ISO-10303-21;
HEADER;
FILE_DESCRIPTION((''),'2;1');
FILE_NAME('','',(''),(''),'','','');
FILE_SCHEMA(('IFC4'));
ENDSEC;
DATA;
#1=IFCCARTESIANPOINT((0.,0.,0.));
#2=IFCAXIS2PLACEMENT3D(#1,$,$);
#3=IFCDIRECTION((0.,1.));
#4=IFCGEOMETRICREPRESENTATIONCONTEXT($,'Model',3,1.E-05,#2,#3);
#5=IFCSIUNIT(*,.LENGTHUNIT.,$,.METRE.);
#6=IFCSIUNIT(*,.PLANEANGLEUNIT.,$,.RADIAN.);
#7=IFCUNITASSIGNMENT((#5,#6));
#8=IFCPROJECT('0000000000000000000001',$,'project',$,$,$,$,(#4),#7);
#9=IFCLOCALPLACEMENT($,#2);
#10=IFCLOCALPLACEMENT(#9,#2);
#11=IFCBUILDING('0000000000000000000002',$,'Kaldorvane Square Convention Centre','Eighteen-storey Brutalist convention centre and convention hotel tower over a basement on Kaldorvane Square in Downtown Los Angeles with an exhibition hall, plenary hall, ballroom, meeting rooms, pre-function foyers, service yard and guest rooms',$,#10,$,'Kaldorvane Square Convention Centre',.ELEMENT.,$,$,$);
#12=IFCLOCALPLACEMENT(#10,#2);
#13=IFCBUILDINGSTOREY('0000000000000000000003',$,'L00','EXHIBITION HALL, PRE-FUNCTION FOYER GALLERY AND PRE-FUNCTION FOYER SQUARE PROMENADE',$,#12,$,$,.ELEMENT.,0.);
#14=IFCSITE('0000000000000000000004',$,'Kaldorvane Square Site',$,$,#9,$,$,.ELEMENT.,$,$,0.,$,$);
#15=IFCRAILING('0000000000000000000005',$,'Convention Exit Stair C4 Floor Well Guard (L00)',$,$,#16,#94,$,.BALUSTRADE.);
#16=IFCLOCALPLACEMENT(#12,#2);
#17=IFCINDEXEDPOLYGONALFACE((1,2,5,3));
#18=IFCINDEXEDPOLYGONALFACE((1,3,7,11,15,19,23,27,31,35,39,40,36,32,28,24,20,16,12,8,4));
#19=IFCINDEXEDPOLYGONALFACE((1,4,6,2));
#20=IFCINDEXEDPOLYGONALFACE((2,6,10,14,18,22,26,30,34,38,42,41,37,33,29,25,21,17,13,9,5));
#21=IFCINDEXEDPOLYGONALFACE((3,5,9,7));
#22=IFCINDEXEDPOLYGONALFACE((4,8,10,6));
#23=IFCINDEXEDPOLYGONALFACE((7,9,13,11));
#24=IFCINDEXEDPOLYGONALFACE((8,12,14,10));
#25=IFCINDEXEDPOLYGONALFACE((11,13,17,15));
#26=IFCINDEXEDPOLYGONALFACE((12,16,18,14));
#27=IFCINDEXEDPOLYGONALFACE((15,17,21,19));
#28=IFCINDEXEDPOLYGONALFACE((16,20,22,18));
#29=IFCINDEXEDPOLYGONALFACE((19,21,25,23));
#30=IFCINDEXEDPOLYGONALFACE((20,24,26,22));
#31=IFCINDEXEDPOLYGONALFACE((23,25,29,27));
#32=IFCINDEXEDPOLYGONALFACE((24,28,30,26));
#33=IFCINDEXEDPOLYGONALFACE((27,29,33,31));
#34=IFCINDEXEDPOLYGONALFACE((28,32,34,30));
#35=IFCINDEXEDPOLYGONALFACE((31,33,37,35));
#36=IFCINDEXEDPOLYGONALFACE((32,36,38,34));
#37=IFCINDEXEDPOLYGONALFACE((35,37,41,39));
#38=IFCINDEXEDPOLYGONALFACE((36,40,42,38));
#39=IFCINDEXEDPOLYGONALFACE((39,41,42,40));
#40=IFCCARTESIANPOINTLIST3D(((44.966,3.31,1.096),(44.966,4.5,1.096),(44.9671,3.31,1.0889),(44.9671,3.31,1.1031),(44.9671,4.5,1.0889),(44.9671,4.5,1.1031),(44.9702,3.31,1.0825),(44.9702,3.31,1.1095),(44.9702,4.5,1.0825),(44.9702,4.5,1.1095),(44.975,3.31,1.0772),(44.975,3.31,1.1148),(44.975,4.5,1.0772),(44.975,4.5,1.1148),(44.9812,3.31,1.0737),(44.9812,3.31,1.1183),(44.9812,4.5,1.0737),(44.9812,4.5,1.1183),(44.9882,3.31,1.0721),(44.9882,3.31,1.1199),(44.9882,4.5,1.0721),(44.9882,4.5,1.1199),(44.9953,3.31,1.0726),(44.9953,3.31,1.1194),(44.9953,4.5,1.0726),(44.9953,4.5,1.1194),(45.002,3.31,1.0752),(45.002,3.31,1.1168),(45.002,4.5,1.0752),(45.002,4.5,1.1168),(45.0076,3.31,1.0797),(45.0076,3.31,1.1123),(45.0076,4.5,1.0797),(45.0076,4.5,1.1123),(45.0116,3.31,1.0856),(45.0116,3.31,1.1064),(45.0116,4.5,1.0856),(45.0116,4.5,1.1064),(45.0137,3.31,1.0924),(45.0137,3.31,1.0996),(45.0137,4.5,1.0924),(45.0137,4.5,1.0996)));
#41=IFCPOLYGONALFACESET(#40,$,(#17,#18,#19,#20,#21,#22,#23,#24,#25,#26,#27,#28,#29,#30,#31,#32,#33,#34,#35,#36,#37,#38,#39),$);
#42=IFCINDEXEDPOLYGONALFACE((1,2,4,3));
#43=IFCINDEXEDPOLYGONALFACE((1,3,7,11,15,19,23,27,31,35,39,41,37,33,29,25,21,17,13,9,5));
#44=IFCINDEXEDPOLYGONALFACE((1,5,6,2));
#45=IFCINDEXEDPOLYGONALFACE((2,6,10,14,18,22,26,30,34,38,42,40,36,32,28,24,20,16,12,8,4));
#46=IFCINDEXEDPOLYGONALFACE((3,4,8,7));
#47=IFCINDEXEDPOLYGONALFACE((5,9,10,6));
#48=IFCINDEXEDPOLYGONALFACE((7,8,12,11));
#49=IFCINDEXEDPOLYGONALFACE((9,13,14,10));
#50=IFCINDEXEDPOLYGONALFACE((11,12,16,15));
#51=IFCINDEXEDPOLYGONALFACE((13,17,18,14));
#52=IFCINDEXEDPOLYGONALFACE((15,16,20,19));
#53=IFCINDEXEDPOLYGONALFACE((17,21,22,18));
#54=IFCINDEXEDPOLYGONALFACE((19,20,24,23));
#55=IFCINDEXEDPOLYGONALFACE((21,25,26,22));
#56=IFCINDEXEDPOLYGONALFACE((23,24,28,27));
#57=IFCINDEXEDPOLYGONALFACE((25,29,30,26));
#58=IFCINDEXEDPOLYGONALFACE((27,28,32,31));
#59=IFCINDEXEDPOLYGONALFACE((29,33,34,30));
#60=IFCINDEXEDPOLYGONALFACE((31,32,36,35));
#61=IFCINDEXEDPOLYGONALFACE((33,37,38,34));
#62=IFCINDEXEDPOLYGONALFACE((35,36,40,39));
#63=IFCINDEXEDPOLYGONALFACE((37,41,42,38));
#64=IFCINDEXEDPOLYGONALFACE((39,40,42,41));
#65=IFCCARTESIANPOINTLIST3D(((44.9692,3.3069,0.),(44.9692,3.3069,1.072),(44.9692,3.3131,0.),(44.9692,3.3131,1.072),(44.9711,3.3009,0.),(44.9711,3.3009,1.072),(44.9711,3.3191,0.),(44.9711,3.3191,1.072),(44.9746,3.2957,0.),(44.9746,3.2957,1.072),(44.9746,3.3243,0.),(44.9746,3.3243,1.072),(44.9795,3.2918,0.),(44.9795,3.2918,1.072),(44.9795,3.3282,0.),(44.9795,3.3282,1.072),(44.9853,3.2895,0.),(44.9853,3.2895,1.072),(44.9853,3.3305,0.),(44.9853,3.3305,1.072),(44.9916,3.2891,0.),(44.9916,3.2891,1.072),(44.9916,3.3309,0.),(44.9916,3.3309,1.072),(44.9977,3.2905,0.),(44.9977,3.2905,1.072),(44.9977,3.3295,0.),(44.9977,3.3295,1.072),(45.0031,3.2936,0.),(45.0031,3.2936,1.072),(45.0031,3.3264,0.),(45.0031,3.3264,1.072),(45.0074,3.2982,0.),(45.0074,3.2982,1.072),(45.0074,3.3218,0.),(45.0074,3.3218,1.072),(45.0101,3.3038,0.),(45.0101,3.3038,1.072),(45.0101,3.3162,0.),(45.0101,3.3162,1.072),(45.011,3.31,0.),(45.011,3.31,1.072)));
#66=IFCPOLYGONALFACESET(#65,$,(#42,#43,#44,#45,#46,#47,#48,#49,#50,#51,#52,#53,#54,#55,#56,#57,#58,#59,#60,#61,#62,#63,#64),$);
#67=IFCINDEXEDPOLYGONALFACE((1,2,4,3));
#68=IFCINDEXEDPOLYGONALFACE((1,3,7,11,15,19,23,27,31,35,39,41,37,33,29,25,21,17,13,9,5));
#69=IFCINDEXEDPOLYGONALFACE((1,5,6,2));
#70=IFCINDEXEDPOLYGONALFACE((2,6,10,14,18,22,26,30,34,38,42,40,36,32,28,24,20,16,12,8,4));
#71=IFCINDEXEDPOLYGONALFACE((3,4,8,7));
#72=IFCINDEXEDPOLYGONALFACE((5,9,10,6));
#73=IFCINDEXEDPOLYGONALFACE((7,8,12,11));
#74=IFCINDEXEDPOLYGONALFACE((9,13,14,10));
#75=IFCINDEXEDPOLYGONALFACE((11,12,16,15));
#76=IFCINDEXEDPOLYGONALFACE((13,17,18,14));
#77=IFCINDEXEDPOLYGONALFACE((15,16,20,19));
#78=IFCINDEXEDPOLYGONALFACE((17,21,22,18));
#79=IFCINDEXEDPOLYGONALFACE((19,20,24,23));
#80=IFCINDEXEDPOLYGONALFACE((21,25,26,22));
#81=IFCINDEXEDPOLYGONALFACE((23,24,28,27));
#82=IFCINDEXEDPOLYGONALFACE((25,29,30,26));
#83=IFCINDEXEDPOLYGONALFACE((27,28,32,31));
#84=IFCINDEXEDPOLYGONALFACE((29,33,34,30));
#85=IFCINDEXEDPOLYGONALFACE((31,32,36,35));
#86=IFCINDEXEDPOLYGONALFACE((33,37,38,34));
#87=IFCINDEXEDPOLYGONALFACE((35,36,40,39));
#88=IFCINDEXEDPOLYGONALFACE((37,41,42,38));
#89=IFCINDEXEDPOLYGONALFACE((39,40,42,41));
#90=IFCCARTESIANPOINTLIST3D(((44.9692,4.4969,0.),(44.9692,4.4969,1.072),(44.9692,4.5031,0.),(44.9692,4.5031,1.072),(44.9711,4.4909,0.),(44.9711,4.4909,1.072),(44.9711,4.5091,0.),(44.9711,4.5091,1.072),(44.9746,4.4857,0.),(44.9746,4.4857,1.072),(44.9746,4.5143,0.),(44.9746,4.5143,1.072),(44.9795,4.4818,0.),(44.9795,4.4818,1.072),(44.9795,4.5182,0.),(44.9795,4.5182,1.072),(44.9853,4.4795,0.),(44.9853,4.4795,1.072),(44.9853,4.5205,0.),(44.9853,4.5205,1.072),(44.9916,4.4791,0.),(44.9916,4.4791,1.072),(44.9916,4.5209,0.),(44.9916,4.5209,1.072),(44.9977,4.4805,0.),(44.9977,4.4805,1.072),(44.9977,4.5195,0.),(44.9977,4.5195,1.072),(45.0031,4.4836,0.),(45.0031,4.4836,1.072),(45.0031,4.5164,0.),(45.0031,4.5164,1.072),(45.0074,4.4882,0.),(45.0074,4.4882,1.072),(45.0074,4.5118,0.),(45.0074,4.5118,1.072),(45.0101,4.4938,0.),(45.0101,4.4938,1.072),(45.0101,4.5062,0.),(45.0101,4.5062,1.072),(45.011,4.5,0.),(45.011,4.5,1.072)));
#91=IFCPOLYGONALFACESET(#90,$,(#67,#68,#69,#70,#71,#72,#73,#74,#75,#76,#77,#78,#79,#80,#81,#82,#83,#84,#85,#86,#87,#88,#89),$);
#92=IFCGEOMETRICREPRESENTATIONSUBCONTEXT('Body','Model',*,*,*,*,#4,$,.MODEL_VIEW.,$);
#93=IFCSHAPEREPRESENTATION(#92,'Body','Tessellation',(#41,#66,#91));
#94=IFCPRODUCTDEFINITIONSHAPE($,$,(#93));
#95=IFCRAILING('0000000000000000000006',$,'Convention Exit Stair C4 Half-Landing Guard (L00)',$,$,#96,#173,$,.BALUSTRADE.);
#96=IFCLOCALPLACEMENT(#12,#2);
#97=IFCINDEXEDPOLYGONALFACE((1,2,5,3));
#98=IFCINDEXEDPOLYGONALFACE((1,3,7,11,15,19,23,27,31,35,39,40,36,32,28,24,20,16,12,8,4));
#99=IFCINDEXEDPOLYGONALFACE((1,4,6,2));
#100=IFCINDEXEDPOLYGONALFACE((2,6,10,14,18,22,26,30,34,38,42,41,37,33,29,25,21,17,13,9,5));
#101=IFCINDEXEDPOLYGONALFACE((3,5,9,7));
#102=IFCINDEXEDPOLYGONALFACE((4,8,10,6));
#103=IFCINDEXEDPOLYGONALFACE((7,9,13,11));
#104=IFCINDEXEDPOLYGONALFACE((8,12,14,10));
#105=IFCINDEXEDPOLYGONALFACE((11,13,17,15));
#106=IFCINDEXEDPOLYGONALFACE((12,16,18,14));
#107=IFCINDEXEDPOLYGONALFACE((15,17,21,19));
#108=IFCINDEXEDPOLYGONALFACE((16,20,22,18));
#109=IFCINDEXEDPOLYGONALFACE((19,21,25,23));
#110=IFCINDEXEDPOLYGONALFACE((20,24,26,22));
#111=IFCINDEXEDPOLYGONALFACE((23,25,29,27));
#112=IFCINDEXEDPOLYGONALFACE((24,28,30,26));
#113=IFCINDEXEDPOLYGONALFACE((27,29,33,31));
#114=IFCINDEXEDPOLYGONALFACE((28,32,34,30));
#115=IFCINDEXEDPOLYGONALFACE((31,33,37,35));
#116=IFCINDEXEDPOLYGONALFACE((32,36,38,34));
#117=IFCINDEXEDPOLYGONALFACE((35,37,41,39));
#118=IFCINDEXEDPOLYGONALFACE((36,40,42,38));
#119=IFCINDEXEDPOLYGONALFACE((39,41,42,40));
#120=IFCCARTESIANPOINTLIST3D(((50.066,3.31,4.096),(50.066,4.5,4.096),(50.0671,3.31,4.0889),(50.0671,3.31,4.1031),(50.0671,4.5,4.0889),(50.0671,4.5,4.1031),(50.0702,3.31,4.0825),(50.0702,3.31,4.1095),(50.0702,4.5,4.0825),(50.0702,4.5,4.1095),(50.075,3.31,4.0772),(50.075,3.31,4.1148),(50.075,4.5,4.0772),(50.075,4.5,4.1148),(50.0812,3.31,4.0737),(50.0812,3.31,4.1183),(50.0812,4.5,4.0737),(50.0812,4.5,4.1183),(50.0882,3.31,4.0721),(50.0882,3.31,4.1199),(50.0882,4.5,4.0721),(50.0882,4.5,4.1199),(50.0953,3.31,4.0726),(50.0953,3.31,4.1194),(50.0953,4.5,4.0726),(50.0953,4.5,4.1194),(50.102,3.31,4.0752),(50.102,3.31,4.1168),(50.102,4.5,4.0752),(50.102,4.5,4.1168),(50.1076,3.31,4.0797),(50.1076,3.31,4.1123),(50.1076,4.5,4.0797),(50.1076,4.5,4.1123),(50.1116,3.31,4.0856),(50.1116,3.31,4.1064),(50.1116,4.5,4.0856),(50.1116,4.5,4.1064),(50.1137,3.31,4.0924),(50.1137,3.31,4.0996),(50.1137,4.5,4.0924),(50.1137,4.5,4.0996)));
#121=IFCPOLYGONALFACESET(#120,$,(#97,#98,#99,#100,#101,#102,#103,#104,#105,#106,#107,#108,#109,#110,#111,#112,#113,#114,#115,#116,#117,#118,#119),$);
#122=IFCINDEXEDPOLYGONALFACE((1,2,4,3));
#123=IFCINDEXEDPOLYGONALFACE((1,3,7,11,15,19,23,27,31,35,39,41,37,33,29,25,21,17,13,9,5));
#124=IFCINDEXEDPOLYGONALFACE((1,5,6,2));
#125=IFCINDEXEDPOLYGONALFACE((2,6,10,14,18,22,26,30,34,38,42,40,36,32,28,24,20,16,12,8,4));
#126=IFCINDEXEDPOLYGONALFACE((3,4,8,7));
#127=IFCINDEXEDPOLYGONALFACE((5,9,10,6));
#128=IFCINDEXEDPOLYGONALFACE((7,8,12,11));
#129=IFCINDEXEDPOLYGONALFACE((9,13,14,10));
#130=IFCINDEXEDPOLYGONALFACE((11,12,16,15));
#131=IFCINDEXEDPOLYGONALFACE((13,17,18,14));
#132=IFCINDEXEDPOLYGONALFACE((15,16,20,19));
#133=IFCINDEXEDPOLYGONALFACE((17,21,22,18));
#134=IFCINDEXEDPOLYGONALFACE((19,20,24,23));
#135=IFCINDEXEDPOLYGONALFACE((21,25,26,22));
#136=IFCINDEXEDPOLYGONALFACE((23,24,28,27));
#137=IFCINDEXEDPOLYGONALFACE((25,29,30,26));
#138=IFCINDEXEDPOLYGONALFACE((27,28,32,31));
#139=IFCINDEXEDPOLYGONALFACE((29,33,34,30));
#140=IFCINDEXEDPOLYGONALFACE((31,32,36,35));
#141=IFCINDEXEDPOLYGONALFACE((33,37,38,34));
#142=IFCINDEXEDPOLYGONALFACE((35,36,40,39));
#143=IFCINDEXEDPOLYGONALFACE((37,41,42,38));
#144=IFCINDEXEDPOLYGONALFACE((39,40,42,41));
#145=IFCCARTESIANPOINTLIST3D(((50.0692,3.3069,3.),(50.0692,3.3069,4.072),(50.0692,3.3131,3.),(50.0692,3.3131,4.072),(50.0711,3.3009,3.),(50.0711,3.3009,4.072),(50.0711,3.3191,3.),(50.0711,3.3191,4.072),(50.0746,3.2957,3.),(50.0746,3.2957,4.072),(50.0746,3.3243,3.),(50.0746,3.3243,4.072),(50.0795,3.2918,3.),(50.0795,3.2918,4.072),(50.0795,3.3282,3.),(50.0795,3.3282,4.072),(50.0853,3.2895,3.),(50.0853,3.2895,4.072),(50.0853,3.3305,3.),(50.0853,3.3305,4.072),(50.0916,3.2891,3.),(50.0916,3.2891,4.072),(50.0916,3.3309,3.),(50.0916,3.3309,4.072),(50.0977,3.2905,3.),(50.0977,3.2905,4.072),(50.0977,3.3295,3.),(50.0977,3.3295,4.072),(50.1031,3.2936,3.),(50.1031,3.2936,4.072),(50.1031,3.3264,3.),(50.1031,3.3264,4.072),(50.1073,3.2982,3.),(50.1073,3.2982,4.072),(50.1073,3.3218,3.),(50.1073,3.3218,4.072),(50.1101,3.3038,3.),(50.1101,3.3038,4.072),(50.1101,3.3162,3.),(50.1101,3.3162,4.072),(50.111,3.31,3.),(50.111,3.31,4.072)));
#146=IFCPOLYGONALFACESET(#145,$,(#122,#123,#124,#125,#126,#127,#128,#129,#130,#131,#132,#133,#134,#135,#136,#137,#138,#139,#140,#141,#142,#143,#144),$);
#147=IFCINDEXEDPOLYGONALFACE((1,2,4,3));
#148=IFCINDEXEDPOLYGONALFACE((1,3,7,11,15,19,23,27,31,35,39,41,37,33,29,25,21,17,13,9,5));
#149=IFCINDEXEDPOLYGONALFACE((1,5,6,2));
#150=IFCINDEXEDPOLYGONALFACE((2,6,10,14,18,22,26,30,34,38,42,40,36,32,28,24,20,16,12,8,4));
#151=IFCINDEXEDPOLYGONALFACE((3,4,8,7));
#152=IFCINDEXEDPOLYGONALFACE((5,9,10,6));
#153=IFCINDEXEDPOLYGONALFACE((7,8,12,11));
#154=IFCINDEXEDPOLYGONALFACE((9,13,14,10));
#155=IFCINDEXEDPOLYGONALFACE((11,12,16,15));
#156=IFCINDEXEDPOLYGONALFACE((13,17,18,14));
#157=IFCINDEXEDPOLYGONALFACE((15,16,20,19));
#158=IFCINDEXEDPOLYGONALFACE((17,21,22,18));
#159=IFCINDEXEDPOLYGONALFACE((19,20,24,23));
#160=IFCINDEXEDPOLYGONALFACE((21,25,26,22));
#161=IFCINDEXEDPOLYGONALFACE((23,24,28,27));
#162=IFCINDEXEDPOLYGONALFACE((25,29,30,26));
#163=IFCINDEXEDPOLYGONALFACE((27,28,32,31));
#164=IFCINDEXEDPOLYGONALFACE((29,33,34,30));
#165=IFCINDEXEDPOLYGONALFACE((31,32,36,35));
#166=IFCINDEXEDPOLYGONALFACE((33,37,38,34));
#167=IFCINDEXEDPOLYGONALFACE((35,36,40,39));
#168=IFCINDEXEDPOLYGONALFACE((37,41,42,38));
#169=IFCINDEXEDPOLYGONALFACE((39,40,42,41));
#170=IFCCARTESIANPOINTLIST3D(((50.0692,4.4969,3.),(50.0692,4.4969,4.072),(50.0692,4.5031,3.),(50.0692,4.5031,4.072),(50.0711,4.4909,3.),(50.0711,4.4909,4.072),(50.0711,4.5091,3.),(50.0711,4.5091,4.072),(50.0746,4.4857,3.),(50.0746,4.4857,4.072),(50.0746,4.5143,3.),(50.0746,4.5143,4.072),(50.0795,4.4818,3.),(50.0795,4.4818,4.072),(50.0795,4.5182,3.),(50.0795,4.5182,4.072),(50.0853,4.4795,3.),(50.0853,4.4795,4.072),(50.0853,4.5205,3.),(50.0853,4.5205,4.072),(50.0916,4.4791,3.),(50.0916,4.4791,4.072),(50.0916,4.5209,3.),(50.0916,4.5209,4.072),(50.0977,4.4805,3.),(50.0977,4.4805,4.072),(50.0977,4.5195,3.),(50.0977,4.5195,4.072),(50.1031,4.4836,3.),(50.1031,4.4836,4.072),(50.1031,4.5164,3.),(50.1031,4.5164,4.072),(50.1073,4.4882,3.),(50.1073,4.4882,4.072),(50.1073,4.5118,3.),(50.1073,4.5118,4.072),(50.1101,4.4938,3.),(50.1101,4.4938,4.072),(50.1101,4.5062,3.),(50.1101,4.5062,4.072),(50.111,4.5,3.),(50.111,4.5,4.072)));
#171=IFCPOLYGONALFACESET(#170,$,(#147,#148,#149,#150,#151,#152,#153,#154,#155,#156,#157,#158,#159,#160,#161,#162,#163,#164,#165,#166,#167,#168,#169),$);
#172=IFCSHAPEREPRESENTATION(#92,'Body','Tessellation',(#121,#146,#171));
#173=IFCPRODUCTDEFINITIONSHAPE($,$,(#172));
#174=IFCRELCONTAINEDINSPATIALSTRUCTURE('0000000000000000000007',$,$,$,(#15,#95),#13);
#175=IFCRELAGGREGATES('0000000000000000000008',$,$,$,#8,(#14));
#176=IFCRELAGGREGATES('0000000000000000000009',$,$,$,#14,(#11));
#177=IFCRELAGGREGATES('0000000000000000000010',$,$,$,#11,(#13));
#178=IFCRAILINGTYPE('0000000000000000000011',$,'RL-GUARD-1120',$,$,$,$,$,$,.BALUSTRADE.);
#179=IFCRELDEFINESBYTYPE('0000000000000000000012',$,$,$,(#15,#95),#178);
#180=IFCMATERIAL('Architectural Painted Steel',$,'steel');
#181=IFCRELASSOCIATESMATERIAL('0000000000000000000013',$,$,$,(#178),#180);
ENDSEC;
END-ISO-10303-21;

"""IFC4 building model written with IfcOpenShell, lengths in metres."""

from ifc_helpers import new_model, si_unit, direction, frame, origin, origin_2d, place, context, subcontext, project, spatial, circle, extrude, material, type_object, element, save


model = new_model("IFC4")

# Units and contexts
model_context = context("Model", 3, precision=1e-05, world=origin(), true_north=direction((0.0, 1.0)))
body_context = subcontext(model_context, "Body", "Model", "MODEL_VIEW")
ifc_project = project(units=[si_unit("LENGTHUNIT", "METRE"), si_unit("PLANEANGLEUNIT", "RADIAN")], contexts=[model_context])

# Site, building, storey
site_placement = place(None, origin())
site = spatial("IfcSite", under=ifc_project, at=site_placement, Name="Kaldorvane Square Site", CompositionType="ELEMENT", RefElevation=0.0)
building_placement = place(site_placement, origin())
building = spatial("IfcBuilding", under=site, at=building_placement, Name="Kaldorvane Square Convention Centre", Description="Eighteen-storey Brutalist convention centre and convention hotel tower over a basement on Kaldorvane Square in Downtown Los Angeles with an exhibition hall, plenary hall, ballroom, meeting rooms, pre-function foyers, service yard and guest rooms", LongName="Kaldorvane Square Convention Centre", CompositionType="ELEMENT")
storey_placement = place(building_placement, origin())
storey = spatial("IfcBuildingStorey", under=building, at=storey_placement, Name="L00", Description="EXHIBITION HALL, PRE-FUNCTION FOYER GALLERY AND PRE-FUNCTION FOYER SQUARE PROMENADE", CompositionType="ELEMENT", Elevation=0.0)

# Railings
ifc_material_1 = material(Name="Architectural Painted Steel", Category="steel")
railing_type_1 = type_object("IfcRailingType", Name="RL-GUARD-1120", PredefinedType="BALUSTRADE", material=ifc_material_1)
for number, where, name in (
    (1, (44.99, 3.31, 0.0), "Convention Exit Stair C4 Floor Well Guard (L00)"),
    (2, (50.09, 3.31, 3.0), "Convention Exit Stair C4 Half-Landing Guard (L00)"),
):
    element("IfcRailing", number, at=place(storey_placement, frame(where)), inside=storey, type_object=railing_type_1, Name=name, PredefinedType="BALUSTRADE", context=body_context, shape_type="SweptSolid", body=[
        extrude(circle(Radius=0.024, at=origin_2d()), frame((0.0, 0.0, 1.096), z_axis=(0.0, 1.0, 0.0), x_axis=(-1.0, 0.0, 0.0)), (0.0, 0.0, 1.0), 1.19),
        extrude(circle(Radius=0.021, at=origin_2d()), origin(), (0.0, 0.0, 1.0), 1.072),
        extrude(circle(Radius=0.021, at=origin_2d()), frame((0.0, 1.19, 0.0)), (0.0, 0.0, 1.0), 1.072),
    ])

save(model, "model.ifc")
